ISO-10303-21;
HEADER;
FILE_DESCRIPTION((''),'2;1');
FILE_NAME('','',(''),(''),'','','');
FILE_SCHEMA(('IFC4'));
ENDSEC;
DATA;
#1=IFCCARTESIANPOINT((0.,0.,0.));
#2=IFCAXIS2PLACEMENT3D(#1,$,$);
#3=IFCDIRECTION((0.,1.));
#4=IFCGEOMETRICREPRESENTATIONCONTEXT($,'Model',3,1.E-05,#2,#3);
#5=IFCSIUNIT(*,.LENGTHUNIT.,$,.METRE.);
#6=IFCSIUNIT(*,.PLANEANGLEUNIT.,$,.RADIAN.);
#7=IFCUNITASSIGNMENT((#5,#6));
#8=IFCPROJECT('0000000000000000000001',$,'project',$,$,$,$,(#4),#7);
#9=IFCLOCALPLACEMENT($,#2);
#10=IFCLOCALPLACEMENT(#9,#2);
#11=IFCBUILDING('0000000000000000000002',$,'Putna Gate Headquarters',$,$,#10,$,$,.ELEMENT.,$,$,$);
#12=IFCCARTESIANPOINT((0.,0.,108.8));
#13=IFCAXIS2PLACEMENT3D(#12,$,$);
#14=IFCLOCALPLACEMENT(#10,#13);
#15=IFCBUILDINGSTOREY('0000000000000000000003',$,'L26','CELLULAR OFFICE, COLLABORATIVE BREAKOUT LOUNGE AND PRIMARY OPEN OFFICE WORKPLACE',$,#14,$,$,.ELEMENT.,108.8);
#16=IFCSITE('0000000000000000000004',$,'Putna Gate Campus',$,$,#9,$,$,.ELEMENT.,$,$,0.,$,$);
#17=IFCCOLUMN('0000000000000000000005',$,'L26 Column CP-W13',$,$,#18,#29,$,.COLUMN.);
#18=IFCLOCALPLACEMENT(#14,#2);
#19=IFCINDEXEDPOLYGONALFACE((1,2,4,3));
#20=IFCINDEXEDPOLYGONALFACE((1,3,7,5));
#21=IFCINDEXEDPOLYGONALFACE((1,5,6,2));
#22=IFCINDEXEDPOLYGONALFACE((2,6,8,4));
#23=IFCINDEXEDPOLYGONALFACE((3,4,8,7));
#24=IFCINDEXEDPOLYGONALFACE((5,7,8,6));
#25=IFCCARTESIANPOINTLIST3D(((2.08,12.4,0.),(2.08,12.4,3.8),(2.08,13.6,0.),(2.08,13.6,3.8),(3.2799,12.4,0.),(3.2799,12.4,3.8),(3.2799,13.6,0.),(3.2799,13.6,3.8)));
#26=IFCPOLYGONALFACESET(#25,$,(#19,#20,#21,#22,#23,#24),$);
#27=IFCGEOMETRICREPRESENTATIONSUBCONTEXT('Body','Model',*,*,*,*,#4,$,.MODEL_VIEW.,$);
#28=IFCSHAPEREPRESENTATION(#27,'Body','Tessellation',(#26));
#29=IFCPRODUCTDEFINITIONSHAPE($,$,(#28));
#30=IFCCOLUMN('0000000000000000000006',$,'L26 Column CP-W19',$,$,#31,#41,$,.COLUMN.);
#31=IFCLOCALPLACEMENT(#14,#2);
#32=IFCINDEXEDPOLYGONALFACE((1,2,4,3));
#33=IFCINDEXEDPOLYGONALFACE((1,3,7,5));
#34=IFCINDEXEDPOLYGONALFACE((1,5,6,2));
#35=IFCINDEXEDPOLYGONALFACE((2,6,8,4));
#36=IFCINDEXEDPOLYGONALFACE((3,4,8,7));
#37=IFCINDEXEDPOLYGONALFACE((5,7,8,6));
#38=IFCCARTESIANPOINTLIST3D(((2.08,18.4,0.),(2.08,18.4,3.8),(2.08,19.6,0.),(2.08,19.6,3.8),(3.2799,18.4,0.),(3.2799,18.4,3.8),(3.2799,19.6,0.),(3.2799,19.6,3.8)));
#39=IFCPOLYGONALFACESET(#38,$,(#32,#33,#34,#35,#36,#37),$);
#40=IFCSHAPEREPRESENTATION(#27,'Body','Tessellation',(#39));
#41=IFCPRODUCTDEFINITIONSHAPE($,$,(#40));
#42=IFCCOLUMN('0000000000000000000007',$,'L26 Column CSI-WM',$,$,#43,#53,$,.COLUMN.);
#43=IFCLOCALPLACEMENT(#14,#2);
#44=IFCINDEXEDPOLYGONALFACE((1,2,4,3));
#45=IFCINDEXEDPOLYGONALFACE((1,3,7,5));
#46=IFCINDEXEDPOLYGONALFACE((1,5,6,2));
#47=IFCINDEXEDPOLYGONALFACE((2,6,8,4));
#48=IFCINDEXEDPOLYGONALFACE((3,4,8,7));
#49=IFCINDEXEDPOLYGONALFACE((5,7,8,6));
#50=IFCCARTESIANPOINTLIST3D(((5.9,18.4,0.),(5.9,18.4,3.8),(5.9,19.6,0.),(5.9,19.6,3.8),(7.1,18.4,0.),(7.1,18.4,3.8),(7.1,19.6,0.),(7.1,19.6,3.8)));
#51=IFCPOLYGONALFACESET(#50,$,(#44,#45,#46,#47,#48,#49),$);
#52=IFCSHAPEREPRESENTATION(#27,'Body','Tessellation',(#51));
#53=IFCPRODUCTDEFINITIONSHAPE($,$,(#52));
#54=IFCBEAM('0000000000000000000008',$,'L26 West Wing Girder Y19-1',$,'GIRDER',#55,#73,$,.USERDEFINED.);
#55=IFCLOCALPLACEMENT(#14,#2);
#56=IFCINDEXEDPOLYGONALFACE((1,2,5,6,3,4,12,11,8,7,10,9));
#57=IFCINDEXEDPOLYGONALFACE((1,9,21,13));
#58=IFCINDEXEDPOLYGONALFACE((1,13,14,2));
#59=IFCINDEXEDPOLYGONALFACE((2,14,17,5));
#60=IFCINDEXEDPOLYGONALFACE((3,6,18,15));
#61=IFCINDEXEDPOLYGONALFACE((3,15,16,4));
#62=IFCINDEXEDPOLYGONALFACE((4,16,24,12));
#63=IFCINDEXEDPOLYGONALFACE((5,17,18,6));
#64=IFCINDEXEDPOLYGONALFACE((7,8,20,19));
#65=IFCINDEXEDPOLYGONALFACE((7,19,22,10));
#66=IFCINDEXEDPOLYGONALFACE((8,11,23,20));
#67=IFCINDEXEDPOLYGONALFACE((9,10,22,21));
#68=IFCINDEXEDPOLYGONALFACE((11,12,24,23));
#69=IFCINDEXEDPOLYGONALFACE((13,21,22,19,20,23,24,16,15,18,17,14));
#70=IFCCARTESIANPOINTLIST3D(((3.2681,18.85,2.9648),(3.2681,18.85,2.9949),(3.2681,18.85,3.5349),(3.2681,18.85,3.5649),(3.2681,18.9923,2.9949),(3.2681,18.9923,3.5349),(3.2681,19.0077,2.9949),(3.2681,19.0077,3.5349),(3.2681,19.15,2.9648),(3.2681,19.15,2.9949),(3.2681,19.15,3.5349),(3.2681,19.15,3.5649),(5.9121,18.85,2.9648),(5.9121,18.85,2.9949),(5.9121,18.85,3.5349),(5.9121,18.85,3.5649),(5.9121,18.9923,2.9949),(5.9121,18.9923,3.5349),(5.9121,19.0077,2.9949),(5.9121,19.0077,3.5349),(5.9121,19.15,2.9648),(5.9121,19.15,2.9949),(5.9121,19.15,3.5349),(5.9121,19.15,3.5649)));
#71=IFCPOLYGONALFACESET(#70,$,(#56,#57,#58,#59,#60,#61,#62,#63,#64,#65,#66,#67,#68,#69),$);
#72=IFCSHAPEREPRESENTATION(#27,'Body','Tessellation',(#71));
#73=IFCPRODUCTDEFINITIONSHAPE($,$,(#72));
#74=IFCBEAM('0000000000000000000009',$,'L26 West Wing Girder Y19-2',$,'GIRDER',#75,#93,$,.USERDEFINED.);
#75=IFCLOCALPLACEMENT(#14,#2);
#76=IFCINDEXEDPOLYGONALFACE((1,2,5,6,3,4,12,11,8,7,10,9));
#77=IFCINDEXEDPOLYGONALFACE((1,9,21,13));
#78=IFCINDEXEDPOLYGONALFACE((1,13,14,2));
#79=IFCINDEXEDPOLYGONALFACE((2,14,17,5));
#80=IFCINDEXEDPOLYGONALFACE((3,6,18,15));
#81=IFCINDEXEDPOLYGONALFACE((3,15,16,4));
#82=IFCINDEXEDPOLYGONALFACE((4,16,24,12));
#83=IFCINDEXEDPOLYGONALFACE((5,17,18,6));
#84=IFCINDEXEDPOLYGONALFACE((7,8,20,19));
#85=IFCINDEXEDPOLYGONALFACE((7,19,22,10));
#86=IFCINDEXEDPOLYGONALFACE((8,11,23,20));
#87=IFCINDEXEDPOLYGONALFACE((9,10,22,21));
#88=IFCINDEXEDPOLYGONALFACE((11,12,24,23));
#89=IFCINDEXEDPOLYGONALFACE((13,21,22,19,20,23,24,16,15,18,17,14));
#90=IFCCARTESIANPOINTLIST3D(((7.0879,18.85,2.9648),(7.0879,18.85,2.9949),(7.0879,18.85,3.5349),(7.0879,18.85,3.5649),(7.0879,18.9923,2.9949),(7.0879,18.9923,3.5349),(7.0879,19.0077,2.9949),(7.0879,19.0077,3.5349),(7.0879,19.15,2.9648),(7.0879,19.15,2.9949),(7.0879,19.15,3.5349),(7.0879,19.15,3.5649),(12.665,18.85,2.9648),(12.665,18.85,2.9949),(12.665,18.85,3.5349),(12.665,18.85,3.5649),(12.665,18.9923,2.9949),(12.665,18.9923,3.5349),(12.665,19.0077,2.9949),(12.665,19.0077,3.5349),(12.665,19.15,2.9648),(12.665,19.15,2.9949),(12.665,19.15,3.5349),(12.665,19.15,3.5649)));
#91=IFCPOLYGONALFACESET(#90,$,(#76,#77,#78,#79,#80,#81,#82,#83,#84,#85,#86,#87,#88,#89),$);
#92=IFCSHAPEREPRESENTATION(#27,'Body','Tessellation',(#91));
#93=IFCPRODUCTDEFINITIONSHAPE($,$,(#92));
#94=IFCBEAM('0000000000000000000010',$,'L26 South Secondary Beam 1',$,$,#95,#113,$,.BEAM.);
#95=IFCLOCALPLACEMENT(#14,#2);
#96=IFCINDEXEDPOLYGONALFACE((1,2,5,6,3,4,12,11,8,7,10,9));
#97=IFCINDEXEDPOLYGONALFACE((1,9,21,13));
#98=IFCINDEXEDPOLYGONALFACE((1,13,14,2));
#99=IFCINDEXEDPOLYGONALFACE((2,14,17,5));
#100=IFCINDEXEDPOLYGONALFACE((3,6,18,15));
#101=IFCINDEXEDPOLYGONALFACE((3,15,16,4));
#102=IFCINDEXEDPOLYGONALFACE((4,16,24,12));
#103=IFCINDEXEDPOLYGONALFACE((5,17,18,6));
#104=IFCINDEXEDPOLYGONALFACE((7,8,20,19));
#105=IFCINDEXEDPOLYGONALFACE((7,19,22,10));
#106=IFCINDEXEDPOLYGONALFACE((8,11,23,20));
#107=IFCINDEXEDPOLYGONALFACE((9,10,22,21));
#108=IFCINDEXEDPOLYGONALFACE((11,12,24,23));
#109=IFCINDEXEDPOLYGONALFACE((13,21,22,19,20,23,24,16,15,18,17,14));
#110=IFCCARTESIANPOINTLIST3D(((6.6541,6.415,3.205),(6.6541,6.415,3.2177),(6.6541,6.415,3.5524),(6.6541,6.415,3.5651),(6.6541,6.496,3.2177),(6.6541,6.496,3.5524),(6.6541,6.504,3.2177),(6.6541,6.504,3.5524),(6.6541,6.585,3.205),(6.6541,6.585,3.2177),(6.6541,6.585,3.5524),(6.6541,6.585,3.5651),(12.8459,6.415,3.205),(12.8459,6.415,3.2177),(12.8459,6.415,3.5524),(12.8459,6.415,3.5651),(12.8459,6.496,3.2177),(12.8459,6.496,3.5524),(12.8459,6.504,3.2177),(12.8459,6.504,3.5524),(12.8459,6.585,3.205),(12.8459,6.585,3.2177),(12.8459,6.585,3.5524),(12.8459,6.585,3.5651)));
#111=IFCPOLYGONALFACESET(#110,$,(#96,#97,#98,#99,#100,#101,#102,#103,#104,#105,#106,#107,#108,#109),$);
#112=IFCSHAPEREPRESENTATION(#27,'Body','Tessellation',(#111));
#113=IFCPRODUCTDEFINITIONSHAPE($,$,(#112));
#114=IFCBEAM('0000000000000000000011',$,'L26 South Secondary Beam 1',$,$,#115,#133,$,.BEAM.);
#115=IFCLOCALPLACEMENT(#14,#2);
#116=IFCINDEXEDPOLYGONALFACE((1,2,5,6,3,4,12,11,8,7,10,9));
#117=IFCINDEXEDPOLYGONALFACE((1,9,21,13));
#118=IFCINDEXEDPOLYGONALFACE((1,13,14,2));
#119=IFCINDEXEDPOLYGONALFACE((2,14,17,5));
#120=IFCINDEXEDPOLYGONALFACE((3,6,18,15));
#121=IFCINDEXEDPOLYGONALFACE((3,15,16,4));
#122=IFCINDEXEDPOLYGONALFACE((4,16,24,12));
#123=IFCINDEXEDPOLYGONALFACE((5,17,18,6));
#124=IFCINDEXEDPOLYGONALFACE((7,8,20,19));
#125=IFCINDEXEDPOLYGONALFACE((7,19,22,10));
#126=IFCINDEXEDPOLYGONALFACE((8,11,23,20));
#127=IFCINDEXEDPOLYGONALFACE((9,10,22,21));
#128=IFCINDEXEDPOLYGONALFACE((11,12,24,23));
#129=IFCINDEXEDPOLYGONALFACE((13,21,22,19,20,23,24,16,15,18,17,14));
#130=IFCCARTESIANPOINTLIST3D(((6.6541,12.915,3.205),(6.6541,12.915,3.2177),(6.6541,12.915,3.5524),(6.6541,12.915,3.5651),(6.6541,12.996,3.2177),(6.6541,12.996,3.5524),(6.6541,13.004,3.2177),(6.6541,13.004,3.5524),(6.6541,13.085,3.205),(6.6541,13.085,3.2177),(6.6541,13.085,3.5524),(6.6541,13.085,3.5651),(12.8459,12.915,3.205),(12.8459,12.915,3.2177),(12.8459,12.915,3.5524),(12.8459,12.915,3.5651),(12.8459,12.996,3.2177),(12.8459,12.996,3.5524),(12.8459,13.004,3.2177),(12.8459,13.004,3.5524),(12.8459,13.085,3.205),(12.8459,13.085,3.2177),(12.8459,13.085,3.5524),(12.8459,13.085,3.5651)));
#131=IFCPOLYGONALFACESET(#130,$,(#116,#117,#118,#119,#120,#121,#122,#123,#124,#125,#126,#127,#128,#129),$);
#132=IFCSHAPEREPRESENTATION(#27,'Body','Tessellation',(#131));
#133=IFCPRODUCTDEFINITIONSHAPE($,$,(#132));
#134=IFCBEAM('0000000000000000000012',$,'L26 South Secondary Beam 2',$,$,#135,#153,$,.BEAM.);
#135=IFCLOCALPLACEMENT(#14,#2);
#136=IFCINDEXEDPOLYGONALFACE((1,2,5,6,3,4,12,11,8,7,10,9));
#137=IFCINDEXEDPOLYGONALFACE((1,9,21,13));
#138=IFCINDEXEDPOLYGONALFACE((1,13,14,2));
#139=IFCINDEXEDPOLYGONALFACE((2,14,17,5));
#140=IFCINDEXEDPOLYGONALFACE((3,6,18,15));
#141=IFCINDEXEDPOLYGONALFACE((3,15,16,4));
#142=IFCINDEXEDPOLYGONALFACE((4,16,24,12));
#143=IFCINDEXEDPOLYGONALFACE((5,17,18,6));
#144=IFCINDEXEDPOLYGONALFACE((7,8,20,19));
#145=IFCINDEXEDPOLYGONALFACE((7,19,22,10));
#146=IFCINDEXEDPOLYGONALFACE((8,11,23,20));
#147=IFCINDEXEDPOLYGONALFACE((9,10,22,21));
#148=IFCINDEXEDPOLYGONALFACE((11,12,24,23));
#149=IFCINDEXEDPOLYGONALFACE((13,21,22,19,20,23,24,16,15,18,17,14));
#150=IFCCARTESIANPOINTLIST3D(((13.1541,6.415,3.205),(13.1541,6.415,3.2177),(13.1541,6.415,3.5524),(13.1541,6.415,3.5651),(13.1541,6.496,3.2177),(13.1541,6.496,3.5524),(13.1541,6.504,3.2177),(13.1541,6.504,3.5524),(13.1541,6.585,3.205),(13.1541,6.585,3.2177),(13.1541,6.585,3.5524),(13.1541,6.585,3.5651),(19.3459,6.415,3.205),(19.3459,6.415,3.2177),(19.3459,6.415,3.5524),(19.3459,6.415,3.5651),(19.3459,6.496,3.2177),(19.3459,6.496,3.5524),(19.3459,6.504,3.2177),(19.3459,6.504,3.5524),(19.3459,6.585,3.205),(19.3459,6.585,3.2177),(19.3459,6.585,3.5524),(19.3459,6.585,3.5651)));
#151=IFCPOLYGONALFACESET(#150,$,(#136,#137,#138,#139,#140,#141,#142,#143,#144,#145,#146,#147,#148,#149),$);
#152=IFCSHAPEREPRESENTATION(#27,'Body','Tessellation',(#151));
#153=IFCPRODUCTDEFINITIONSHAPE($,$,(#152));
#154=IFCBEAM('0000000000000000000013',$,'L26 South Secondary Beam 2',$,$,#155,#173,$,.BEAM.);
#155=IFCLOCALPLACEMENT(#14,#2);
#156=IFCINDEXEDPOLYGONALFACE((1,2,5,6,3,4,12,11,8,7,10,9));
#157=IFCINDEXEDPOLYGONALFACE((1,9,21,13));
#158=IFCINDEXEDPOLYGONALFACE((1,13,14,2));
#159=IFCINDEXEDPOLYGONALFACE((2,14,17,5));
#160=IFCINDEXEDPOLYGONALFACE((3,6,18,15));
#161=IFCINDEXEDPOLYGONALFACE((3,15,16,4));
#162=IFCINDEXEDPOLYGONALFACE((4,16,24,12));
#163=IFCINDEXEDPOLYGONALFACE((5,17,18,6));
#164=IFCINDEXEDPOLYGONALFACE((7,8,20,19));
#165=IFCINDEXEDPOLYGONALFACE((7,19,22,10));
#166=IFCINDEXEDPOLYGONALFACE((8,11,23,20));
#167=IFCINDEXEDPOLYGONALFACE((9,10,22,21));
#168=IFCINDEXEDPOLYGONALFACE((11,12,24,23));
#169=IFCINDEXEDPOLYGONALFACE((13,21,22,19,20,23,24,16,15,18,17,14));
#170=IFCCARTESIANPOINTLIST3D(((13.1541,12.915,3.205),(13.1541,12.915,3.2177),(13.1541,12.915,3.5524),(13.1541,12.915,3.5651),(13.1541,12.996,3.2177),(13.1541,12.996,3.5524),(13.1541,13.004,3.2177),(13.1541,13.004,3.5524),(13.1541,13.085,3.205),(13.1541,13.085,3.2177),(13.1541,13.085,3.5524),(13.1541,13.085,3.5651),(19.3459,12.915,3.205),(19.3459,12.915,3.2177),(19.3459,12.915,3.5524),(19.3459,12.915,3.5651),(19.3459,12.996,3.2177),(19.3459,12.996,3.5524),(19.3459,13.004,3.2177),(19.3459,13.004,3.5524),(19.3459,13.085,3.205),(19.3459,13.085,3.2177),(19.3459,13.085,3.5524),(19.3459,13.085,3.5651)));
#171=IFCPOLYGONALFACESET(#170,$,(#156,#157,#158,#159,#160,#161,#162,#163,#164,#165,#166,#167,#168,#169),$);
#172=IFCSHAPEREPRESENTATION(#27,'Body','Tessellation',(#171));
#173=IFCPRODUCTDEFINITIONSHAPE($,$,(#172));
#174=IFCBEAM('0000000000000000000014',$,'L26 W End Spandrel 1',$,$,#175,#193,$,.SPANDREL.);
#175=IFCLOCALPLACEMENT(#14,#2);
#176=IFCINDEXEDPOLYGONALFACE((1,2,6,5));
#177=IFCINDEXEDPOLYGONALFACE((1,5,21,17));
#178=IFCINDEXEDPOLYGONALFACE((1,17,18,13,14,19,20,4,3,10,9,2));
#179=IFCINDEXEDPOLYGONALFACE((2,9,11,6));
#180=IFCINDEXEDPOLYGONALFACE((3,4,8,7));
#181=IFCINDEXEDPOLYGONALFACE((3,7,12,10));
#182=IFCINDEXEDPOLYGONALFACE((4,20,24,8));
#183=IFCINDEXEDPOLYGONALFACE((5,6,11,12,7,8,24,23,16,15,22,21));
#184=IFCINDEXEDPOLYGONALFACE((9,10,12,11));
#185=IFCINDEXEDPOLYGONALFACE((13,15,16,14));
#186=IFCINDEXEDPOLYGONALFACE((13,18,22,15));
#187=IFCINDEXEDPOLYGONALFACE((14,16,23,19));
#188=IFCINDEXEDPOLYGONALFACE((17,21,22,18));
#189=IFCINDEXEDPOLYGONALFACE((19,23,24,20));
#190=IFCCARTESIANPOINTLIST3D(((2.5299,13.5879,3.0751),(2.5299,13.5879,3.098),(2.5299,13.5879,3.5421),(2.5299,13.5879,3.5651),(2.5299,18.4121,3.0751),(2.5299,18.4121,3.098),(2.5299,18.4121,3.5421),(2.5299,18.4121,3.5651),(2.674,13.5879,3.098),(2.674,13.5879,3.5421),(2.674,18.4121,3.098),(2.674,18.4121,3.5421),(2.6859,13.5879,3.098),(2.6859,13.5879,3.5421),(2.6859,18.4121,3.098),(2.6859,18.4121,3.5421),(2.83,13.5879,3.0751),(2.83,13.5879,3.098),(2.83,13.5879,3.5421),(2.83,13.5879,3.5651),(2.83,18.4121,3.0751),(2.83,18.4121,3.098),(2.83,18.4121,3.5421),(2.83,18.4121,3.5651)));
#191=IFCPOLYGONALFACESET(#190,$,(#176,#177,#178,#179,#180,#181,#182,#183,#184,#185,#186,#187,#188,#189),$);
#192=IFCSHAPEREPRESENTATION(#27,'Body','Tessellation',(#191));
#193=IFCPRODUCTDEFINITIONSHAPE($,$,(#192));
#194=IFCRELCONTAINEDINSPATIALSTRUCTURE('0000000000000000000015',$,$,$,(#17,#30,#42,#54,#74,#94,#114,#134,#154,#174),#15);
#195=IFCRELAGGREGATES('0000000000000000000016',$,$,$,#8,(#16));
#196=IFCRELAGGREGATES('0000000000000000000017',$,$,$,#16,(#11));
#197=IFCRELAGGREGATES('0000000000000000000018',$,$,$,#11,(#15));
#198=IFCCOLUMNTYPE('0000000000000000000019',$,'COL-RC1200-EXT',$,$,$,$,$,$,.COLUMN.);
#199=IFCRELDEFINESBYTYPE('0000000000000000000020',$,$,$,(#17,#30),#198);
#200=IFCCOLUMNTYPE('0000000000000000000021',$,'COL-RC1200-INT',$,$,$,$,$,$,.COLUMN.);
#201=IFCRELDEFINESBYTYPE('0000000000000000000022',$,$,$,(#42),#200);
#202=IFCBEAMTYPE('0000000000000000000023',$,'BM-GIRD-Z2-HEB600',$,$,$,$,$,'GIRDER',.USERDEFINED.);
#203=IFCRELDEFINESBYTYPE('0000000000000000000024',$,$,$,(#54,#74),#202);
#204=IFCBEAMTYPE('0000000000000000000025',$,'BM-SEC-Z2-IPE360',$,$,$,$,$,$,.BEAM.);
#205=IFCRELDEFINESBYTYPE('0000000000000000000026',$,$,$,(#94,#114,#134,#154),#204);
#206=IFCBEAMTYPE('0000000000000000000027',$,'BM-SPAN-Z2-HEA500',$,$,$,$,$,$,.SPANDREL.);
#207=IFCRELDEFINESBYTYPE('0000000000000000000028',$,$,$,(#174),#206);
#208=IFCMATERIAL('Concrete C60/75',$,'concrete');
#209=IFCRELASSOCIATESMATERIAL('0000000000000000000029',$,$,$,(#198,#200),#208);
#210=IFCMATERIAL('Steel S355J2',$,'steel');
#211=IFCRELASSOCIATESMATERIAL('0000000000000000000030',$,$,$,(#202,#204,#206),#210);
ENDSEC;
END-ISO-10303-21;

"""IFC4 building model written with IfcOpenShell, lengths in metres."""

from ifc_helpers import new_model, si_unit, direction, frame, origin, origin_2d, place, context, subcontext, project, spatial, rectangle, i_section, extrude, material, material_profile, profile_set, type_object, element, save


model = new_model("IFC4")

# Units and contexts
model_context = context("Model", 3, precision=1e-05, world=origin(), true_north=direction((0.0, 1.0)))
body_context = subcontext(model_context, "Body", "Model", "MODEL_VIEW")
ifc_project = project(units=[si_unit("LENGTHUNIT", "METRE"), si_unit("PLANEANGLEUNIT", "RADIAN")], contexts=[model_context])

# Site, building, storey
site_placement = place(None, origin())
site = spatial("IfcSite", under=ifc_project, at=site_placement, Name="Putna Gate Campus", CompositionType="ELEMENT", RefElevation=0.0)
building_placement = place(site_placement, origin())
building = spatial("IfcBuilding", under=site, at=building_placement, Name="Putna Gate Headquarters", CompositionType="ELEMENT")
storey_placement = place(building_placement, frame((0.0, 0.0, 108.8)))
storey = spatial("IfcBuildingStorey", under=building, at=storey_placement, Name="L26", Description="CELLULAR OFFICE, COLLABORATIVE BREAKOUT LOUNGE AND PRIMARY OPEN OFFICE WORKPLACE", CompositionType="ELEMENT", Elevation=108.8)

# Columns
ifc_material_1 = material(Name="Concrete C60/75", Category="concrete")
ifc_material_profile_1 = material_profile(ifc_material_1, rectangle(XDim=1.2, YDim=1.2, at=origin_2d()), Name="Concrete C60/75")
ifc_profile_set_1 = profile_set([ifc_material_profile_1], Name="Concrete C60/75")
column_type_1 = type_object("IfcColumnType", Name="COL-RC1200-EXT", PredefinedType="COLUMN", material=ifc_profile_set_1)
for number, where, z_axis, x_axis, name in (
    (1, (2.6799, 13.0, 0.0), (0.0, 0.0, 1.0), (1.0, 0.0, 0.0), "L26 Column CP-W13"),
    (2, (2.6799, 19.0, 0.0), (0.0, 0.0, 1.0), (1.0, 0.0, 0.0), "L26 Column CP-W19"),
):
    element("IfcColumn", number, at=place(storey_placement, frame(where, z_axis=z_axis, x_axis=x_axis)), inside=storey, type_object=column_type_1, Name=name, PredefinedType="COLUMN", context=body_context, shape_type="SweptSolid", body=[
        extrude(rectangle(XDim=1.2, YDim=1.2, at=origin_2d()), origin(), (0.0, 0.0, 1.0), 3.8),
    ])
ifc_material_profile_2 = material_profile(ifc_material_1, rectangle(XDim=1.2, YDim=1.2, at=origin_2d()), Name="Concrete C60/75")
ifc_profile_set_2 = profile_set([ifc_material_profile_2], Name="Concrete C60/75")
column_type_2 = type_object("IfcColumnType", Name="COL-RC1200-INT", PredefinedType="COLUMN", material=ifc_profile_set_2)
column_placement = place(storey_placement, frame((6.5, 19.0, 0.0), z_axis=(0.0, 0.0, 1.0), x_axis=(1.0, 0.0, 0.0)))
element("IfcColumn", 3, at=column_placement, inside=storey, type_object=column_type_2, Name="L26 Column CSI-WM", PredefinedType="COLUMN", context=body_context, shape_type="SweptSolid", body=[
    extrude(rectangle(XDim=1.2, YDim=1.2, at=origin_2d()), origin(), (0.0, 0.0, 1.0), 3.8),
])

# Beams
ifc_material_2 = material(Name="Steel S355J2", Category="steel")
ifc_material_profile_3 = material_profile(ifc_material_2, i_section(OverallWidth=0.3, OverallDepth=0.6001, WebThickness=0.0154, FlangeThickness=0.03, at=origin_2d()), Name="Steel S355J2")
ifc_profile_set_3 = profile_set([ifc_material_profile_3], Name="Steel S355J2")
beam_type_1 = type_object("IfcBeamType", Name="BM-GIRD-Z2-HEB600", ElementType="GIRDER", PredefinedType="USERDEFINED", material=ifc_profile_set_3)
beam_1_placement = place(storey_placement, frame((3.2681, 19.0, 3.2649), z_axis=(1.0, 0.0, 0.0), x_axis=(0.0, 1.0, 0.0)))
element("IfcBeam", 4, at=beam_1_placement, inside=storey, type_object=beam_type_1, Name="L26 West Wing Girder Y19-1", ObjectType="GIRDER", PredefinedType="USERDEFINED", context=body_context, shape_type="SweptSolid", body=[
    extrude(i_section(OverallWidth=0.3, OverallDepth=0.6001, WebThickness=0.0154, FlangeThickness=0.03, at=origin_2d()), origin(), (0.0, 0.0, 1.0), 2.644),
])
beam_2_placement = place(storey_placement, frame((7.0879, 19.0, 3.2649), z_axis=(1.0, 0.0, 0.0), x_axis=(0.0, 1.0, 0.0)))
element("IfcBeam", 5, at=beam_2_placement, inside=storey, type_object=beam_type_1, Name="L26 West Wing Girder Y19-2", ObjectType="GIRDER", PredefinedType="USERDEFINED", context=body_context, shape_type="SweptSolid", body=[
    extrude(i_section(OverallWidth=0.3, OverallDepth=0.6001, WebThickness=0.0154, FlangeThickness=0.03, at=origin_2d()), origin(), (0.0, 0.0, 1.0), 5.5771),
])
ifc_material_profile_4 = material_profile(ifc_material_2, i_section(OverallWidth=0.1699, OverallDepth=0.3601, WebThickness=0.0081, FlangeThickness=0.0127, at=origin_2d()), Name="Steel S355J2")
ifc_profile_set_4 = profile_set([ifc_material_profile_4], Name="Steel S355J2")
beam_type_2 = type_object("IfcBeamType", Name="BM-SEC-Z2-IPE360", PredefinedType="BEAM", material=ifc_profile_set_4)
for number, where, z_axis, x_axis, name in (
    (6, (6.6541, 6.5, 3.385), (1.0, 0.0, 0.0), (0.0, 1.0, 0.0), "L26 South Secondary Beam 1"),
    (7, (6.6541, 13.0, 3.385), (1.0, 0.0, 0.0), (0.0, 1.0, 0.0), "L26 South Secondary Beam 1"),
    (8, (13.1541, 6.5, 3.385), (1.0, 0.0, 0.0), (0.0, 1.0, 0.0), "L26 South Secondary Beam 2"),
    (9, (13.1541, 13.0, 3.385), (1.0, 0.0, 0.0), (0.0, 1.0, 0.0), "L26 South Secondary Beam 2"),
):
    element("IfcBeam", number, at=place(storey_placement, frame(where, z_axis=z_axis, x_axis=x_axis)), inside=storey, type_object=beam_type_2, Name=name, PredefinedType="BEAM", context=body_context, shape_type="SweptSolid", body=[
        extrude(i_section(OverallWidth=0.1699, OverallDepth=0.3601, WebThickness=0.0081, FlangeThickness=0.0127, at=origin_2d()), origin(), (0.0, 0.0, 1.0), 6.1919),
    ])
ifc_material_profile_5 = material_profile(ifc_material_2, i_section(OverallWidth=0.3, OverallDepth=0.49, WebThickness=0.012, FlangeThickness=0.0229, at=origin_2d()), Name="Steel S355J2")
ifc_profile_set_5 = profile_set([ifc_material_profile_5], Name="Steel S355J2")
beam_type_3 = type_object("IfcBeamType", Name="BM-SPAN-Z2-HEA500", PredefinedType="SPANDREL", material=ifc_profile_set_5)
beam_3_placement = place(storey_placement, frame((2.6799, 13.5879, 3.3201), z_axis=(0.0, 1.0, 0.0), x_axis=(-1.0, 0.0, 0.0)))
element("IfcBeam", 10, at=beam_3_placement, inside=storey, type_object=beam_type_3, Name="L26 W End Spandrel 1", PredefinedType="SPANDREL", context=body_context, shape_type="SweptSolid", body=[
    extrude(i_section(OverallWidth=0.3, OverallDepth=0.49, WebThickness=0.012, FlangeThickness=0.0229, at=origin_2d()), origin(), (0.0, 0.0, 1.0), 4.8242),
])

save(model, "model.ifc")
